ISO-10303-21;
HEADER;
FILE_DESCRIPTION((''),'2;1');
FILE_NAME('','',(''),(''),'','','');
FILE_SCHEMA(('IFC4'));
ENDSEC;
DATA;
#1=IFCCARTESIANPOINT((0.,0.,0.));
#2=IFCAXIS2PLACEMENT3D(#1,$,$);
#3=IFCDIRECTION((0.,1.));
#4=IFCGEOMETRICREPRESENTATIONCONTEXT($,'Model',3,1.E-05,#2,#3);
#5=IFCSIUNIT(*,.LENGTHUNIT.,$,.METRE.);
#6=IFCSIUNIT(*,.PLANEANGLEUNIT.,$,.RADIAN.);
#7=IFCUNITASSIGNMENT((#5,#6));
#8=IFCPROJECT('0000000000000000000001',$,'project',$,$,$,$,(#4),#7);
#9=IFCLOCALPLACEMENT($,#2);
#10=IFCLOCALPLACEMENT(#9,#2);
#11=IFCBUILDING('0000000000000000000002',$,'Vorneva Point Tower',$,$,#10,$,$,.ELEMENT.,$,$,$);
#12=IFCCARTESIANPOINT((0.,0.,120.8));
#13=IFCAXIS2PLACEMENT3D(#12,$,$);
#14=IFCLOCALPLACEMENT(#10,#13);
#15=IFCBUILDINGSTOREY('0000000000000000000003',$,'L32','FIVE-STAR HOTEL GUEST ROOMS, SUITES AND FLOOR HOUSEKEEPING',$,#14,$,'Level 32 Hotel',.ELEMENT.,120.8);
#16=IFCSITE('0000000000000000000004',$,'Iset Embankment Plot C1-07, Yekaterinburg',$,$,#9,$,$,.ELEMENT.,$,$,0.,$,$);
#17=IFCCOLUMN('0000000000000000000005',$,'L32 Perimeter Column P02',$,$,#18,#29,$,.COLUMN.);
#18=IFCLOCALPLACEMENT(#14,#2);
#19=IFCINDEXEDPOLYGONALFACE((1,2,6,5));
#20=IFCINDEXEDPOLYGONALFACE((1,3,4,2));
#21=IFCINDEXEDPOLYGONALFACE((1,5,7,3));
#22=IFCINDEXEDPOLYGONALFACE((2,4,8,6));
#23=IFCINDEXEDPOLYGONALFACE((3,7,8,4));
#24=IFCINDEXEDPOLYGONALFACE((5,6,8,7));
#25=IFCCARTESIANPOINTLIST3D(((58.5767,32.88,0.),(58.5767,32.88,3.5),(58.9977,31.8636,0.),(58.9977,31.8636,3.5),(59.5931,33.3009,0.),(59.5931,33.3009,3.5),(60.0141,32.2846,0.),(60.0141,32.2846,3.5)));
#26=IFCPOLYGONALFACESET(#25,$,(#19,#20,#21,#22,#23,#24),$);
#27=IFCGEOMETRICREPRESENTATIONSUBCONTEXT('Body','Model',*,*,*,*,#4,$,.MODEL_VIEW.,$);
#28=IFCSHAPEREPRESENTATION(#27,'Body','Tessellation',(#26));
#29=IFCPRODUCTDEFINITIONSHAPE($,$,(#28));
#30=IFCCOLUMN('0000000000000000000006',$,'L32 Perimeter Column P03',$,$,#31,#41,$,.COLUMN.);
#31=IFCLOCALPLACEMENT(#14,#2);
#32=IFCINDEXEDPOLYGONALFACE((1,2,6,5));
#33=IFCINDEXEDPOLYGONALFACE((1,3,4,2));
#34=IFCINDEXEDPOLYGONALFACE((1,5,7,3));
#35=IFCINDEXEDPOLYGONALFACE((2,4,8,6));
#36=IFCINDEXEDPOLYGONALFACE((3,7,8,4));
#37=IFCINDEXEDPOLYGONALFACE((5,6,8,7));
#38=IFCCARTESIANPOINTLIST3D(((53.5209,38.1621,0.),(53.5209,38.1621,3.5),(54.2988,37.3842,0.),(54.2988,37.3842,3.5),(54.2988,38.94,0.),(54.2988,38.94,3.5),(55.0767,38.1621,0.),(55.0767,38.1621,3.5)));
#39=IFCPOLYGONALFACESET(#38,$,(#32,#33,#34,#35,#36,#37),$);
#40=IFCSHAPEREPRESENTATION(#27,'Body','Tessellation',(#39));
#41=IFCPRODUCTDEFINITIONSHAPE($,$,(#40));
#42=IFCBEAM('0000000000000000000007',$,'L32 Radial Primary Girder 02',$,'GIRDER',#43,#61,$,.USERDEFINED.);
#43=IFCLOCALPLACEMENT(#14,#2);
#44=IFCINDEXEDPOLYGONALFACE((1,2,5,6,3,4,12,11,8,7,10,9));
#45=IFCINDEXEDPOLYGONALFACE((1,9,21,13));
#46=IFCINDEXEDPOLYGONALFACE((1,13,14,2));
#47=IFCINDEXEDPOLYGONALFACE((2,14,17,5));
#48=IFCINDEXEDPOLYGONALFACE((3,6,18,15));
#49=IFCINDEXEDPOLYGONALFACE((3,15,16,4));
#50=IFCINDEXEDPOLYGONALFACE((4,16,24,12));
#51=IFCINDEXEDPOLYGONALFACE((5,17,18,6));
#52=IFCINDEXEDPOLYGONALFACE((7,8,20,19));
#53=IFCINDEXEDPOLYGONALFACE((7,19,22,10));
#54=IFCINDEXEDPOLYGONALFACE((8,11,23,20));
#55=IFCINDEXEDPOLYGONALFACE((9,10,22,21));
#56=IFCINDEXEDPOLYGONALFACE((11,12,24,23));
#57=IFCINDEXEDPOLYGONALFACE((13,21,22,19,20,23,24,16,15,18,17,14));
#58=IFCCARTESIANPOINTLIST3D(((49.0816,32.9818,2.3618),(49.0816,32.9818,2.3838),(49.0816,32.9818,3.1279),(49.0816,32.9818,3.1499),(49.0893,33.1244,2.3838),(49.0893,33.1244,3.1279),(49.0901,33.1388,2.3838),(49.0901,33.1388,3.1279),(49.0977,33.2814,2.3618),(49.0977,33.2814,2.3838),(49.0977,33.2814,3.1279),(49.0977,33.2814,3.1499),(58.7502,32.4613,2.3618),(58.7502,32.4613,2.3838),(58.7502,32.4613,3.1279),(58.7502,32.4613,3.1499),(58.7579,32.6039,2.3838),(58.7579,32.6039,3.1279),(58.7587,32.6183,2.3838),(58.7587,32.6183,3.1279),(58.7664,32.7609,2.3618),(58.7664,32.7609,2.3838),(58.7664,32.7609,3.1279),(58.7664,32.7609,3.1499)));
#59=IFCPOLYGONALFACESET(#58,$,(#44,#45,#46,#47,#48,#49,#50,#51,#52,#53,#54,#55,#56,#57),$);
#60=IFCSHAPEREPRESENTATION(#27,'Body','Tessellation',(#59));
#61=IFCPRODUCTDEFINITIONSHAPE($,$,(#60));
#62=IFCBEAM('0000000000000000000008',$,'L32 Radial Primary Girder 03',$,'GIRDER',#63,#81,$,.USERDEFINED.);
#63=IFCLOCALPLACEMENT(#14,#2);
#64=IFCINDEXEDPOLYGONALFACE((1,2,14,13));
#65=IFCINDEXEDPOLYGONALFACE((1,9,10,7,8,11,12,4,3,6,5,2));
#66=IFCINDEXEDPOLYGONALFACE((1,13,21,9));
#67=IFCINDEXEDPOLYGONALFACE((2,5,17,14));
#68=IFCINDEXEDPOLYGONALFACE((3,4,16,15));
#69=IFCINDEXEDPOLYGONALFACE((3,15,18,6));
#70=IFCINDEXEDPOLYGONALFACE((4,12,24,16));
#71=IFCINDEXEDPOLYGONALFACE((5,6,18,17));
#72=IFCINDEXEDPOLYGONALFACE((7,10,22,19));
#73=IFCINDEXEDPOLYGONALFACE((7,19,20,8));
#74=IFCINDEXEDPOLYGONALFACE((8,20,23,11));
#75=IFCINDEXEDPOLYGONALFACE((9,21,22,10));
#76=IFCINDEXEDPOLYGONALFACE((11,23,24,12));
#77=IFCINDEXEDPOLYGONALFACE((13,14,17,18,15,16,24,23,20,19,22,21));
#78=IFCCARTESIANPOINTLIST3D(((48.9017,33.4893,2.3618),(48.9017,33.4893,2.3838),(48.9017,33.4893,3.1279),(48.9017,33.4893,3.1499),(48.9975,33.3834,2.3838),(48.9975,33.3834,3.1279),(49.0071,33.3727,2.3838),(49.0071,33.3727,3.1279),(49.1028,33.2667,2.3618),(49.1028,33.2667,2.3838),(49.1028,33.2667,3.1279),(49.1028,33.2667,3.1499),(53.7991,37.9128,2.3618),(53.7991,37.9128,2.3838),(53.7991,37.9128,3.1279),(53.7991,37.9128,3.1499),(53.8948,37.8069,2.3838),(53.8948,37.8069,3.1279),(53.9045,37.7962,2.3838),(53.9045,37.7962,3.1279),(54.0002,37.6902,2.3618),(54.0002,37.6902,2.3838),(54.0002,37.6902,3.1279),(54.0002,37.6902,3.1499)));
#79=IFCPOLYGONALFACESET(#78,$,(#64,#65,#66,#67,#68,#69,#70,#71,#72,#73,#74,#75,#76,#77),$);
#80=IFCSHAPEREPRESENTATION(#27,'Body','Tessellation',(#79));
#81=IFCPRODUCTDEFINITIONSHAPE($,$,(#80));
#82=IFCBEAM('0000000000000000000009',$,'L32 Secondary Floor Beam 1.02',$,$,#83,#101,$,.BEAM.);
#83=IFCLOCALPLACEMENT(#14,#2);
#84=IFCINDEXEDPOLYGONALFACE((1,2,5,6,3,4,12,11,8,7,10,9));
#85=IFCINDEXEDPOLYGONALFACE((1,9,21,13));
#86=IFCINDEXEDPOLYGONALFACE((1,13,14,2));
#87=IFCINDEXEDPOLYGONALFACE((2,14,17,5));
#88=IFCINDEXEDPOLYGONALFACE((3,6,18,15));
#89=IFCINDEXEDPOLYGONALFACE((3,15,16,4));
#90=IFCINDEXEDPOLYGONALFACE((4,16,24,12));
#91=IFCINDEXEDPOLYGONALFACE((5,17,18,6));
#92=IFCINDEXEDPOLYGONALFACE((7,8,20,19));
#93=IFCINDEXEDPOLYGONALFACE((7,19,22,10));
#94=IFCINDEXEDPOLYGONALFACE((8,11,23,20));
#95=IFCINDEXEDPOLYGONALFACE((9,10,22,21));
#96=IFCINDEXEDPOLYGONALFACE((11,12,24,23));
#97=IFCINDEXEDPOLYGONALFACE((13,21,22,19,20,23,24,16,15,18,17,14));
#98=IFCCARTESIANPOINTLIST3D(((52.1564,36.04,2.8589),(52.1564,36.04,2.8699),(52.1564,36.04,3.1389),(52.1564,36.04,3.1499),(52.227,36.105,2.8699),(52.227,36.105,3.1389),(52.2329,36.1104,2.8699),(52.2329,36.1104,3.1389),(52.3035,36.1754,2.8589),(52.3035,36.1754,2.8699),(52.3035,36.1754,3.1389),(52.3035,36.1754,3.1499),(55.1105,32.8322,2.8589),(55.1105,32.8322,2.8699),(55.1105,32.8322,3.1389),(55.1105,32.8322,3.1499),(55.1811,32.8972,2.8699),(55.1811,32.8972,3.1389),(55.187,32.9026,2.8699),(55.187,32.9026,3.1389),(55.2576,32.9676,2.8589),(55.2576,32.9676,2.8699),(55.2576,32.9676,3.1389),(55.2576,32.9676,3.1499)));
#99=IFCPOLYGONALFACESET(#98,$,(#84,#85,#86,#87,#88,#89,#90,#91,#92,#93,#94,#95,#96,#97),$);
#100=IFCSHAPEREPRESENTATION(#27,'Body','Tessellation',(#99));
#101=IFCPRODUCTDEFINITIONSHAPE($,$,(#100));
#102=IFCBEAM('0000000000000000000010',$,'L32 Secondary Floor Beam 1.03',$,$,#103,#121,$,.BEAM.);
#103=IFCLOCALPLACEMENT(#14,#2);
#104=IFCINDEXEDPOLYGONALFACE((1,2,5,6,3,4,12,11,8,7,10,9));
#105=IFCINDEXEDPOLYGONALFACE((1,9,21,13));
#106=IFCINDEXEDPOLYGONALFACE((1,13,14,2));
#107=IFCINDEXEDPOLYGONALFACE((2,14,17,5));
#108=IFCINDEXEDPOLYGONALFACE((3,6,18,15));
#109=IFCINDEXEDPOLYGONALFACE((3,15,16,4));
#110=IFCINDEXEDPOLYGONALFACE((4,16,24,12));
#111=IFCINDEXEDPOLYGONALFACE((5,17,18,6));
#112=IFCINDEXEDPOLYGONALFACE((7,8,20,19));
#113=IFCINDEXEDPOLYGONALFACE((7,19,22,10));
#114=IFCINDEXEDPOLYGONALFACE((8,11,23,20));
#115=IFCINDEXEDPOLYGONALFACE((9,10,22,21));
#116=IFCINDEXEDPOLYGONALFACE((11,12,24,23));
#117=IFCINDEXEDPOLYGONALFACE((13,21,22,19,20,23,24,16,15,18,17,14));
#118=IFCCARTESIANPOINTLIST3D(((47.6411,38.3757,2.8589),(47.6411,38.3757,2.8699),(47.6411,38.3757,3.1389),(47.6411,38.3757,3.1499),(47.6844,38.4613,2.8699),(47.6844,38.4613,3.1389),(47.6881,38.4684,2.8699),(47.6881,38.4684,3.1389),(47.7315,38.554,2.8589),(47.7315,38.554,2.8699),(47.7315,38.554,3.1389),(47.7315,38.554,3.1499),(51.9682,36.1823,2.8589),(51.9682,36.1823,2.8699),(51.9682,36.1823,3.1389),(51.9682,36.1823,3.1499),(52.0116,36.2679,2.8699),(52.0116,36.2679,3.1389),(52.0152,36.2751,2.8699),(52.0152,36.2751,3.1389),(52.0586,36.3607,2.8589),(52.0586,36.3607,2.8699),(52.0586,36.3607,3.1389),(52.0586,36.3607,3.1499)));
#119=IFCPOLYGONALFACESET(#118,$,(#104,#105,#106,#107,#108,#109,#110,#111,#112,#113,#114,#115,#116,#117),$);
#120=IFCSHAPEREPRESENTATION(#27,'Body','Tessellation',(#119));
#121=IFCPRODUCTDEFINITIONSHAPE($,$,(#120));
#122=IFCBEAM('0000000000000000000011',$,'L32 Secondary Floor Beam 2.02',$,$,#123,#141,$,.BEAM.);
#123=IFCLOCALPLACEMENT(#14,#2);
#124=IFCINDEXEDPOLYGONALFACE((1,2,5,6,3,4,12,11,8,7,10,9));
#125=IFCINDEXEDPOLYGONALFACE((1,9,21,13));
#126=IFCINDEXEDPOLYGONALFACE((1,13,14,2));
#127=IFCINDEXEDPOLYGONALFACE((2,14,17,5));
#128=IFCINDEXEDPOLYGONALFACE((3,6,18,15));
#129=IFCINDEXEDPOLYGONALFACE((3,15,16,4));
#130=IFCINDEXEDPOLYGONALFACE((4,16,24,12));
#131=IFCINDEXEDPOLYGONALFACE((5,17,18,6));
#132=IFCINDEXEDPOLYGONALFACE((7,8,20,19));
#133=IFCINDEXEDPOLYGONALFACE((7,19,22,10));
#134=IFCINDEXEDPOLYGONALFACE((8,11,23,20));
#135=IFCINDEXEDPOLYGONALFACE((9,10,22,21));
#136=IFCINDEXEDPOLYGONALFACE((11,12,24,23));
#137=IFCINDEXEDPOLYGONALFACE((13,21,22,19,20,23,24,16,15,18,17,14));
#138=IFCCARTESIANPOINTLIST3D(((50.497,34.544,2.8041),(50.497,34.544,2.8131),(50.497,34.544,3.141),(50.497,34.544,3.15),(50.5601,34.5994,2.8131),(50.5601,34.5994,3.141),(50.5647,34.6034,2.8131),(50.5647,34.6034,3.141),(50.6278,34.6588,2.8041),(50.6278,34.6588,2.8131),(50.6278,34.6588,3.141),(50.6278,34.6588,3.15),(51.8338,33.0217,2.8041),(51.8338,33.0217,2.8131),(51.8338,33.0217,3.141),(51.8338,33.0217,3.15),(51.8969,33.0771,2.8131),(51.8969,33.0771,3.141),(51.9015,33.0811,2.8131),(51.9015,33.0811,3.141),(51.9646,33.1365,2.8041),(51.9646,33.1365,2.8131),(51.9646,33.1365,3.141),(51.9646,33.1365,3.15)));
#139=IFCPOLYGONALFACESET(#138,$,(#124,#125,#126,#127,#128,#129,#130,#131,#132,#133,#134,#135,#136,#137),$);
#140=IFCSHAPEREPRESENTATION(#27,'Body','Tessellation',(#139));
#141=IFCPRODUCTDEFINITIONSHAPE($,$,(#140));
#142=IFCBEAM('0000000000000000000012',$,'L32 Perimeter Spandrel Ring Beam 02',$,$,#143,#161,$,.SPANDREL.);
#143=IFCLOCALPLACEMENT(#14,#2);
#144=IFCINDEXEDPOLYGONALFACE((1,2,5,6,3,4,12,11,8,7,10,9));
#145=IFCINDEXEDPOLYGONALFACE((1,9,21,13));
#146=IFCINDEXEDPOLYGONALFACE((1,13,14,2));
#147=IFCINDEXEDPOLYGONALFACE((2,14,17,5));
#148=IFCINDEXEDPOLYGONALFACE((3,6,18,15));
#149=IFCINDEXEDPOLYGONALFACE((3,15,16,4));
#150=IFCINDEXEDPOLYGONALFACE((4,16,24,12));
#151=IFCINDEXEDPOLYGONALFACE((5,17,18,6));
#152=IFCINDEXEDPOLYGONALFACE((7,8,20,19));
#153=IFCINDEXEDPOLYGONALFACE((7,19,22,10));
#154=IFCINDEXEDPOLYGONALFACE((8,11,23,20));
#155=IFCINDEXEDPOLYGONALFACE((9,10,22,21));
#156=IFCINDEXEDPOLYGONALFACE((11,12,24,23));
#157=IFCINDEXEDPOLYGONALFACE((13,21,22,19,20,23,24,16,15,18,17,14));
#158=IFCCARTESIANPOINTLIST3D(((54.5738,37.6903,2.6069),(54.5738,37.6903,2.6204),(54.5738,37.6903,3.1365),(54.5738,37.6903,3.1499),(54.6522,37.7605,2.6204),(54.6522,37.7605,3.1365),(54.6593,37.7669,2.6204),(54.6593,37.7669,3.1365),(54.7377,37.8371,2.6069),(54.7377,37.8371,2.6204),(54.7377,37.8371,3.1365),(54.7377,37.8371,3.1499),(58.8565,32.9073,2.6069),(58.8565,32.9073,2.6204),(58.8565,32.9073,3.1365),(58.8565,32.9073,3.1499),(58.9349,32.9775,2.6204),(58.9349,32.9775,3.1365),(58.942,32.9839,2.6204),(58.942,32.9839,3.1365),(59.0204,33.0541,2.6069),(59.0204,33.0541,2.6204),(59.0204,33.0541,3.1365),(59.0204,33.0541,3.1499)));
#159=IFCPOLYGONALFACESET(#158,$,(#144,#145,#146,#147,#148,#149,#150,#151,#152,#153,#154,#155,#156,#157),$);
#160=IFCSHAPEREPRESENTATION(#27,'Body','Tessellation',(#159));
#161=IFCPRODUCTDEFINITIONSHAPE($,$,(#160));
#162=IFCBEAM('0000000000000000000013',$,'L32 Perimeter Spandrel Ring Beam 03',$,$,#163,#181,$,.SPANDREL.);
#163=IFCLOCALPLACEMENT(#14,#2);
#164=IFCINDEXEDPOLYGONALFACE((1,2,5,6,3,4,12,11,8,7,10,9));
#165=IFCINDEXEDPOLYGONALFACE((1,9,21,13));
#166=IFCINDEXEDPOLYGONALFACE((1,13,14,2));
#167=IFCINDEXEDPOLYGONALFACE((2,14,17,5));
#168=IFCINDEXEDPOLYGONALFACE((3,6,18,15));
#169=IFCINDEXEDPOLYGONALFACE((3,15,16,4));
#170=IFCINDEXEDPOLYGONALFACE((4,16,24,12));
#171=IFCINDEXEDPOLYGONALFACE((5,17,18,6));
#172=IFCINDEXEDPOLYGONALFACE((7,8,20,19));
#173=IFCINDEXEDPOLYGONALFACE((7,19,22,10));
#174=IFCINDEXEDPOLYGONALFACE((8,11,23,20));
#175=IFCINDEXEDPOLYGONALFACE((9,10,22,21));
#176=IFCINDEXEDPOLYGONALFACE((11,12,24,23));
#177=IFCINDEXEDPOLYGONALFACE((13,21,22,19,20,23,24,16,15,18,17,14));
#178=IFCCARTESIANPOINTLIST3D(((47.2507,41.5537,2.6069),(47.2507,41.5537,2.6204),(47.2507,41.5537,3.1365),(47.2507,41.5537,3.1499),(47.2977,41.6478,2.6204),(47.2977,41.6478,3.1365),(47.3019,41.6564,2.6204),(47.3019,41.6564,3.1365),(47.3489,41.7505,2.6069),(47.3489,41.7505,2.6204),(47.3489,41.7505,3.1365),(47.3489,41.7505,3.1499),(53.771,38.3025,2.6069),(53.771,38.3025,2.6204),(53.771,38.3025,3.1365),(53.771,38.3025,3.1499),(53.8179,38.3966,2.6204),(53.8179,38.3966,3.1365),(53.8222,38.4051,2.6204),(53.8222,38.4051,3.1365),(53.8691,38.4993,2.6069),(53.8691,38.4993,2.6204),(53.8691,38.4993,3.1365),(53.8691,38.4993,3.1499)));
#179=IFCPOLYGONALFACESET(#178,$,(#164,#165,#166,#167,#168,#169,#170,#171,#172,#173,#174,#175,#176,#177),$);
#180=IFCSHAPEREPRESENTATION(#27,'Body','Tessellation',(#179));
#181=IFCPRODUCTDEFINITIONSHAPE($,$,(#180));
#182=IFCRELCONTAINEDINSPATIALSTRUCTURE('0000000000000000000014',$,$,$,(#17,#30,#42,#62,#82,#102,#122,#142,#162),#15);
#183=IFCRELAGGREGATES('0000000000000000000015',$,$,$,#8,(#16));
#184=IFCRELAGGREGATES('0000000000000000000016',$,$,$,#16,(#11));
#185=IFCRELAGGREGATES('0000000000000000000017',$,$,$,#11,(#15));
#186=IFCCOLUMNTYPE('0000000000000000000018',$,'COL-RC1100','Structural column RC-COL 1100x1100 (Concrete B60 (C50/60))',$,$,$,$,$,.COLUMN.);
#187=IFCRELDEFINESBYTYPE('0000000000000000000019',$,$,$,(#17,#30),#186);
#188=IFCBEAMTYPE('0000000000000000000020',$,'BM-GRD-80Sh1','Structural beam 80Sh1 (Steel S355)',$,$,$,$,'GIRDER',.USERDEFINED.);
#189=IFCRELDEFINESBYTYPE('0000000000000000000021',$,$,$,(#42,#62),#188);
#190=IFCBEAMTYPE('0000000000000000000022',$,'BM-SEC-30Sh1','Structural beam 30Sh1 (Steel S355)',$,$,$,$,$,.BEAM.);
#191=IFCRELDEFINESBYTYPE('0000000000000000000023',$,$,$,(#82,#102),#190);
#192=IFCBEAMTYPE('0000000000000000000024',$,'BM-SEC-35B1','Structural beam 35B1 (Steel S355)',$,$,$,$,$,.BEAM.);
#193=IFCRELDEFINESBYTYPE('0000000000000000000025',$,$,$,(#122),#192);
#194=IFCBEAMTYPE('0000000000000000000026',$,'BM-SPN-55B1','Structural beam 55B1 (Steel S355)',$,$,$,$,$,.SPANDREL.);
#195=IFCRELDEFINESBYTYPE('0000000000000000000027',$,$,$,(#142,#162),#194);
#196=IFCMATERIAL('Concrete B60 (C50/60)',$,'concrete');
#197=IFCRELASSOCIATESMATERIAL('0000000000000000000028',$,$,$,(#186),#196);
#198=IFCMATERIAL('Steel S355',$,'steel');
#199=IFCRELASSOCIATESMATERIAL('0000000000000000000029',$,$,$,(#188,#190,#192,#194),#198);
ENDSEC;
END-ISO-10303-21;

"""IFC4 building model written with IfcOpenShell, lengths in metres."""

from ifc_helpers import new_model, si_unit, direction, frame, origin, origin_2d, place, context, subcontext, project, spatial, rectangle, i_section, extrude, material, material_profile, profile_set, type_object, element, save


model = new_model("IFC4")

# Units and contexts
model_context = context("Model", 3, precision=1e-05, world=origin(), true_north=direction((0.0, 1.0)))
body_context = subcontext(model_context, "Body", "Model", "MODEL_VIEW")
ifc_project = project(units=[si_unit("LENGTHUNIT", "METRE"), si_unit("PLANEANGLEUNIT", "RADIAN")], contexts=[model_context])

# Site, building, storey
site_placement = place(None, origin())
site = spatial("IfcSite", under=ifc_project, at=site_placement, Name="Iset Embankment Plot C1-07, Yekaterinburg", CompositionType="ELEMENT", RefElevation=0.0)
building_placement = place(site_placement, origin())
building = spatial("IfcBuilding", under=site, at=building_placement, Name="Vorneva Point Tower", CompositionType="ELEMENT")
storey_placement = place(building_placement, frame((0.0, 0.0, 120.8)))
storey = spatial("IfcBuildingStorey", under=building, at=storey_placement, Name="L32", Description="FIVE-STAR HOTEL GUEST ROOMS, SUITES AND FLOOR HOUSEKEEPING", LongName="Level 32 Hotel", CompositionType="ELEMENT", Elevation=120.8)

# Columns
ifc_material_1 = material(Name="Concrete B60 (C50/60)", Category="concrete")
ifc_material_profile_1 = material_profile(ifc_material_1, rectangle(XDim=1.1001, YDim=1.1001, at=origin_2d()), Name="RC-COL 1100x1100")
ifc_profile_set_1 = profile_set([ifc_material_profile_1], Name="Concrete B60 (C50/60)")
column_type = type_object("IfcColumnType", Name="COL-RC1100", Description="Structural column RC-COL 1100x1100 (Concrete B60 (C50/60))", PredefinedType="COLUMN", material=ifc_profile_set_1)
for number, where, z_axis, x_axis, name in (
    (1, (59.2954, 32.5823, 0.0), (0.0, 0.0, 1.0), (0.92388, 0.382683, 0.0), "L32 Perimeter Column P02"),
    (2, (54.2988, 38.1621, 0.0), (0.0, 0.0, 1.0), (0.707107, 0.707107, 0.0), "L32 Perimeter Column P03"),
):
    element("IfcColumn", number, at=place(storey_placement, frame(where, z_axis=z_axis, x_axis=x_axis)), inside=storey, type_object=column_type, Name=name, PredefinedType="COLUMN", context=body_context, shape_type="SweptSolid", body=[
        extrude(rectangle(XDim=1.1001, YDim=1.1001, at=origin_2d()), origin(), (0.0, 0.0, 1.0), 3.5),
    ])

# Beams
ifc_material_2 = material(Name="Steel S355", Category="steel")
ifc_material_profile_2 = material_profile(ifc_material_2, i_section(OverallWidth=0.3, OverallDepth=0.7881, WebThickness=0.0144, FlangeThickness=0.022, at=origin_2d()), Name="80Sh1")
ifc_profile_set_2 = profile_set([ifc_material_profile_2], Name="Steel S355")
beam_type_1 = type_object("IfcBeamType", Name="BM-GRD-80Sh1", Description="Structural beam 80Sh1 (Steel S355)", ElementType="GIRDER", PredefinedType="USERDEFINED", material=ifc_profile_set_2)
beam_1_placement = place(storey_placement, frame((58.7583, 32.6111, 2.7559), z_axis=(-0.998554, 0.053756, 0.0), x_axis=(-0.053756, -0.998554, 0.0)))
element("IfcBeam", 3, at=beam_1_placement, inside=storey, type_object=beam_type_1, Name="L32 Radial Primary Girder 02", ObjectType="GIRDER", PredefinedType="USERDEFINED", context=body_context, shape_type="SweptSolid", body=[
    extrude(i_section(OverallWidth=0.3, OverallDepth=0.7881, WebThickness=0.0144, FlangeThickness=0.022, at=origin_2d()), origin(), (0.0, 0.0, 1.0), 9.6826),
])
beam_2_placement = place(storey_placement, frame((53.8997, 37.8015, 2.7559), z_axis=(-0.742097, -0.670292, 0.0), x_axis=(0.670292, -0.742097, 0.0)))
element("IfcBeam", 4, at=beam_2_placement, inside=storey, type_object=beam_type_1, Name="L32 Radial Primary Girder 03", ObjectType="GIRDER", PredefinedType="USERDEFINED", context=body_context, shape_type="SweptSolid", body=[
    extrude(i_section(OverallWidth=0.3, OverallDepth=0.7881, WebThickness=0.0144, FlangeThickness=0.022, at=origin_2d()), origin(), (0.0, 0.0, 1.0), 6.5994),
])
ifc_material_profile_3 = material_profile(ifc_material_2, i_section(OverallWidth=0.2, OverallDepth=0.291, WebThickness=0.0081, FlangeThickness=0.011, at=origin_2d()), Name="30Sh1")
ifc_profile_set_3 = profile_set([ifc_material_profile_3], Name="Steel S355")
beam_type_2 = type_object("IfcBeamType", Name="BM-SEC-30Sh1", Description="Structural beam 30Sh1 (Steel S355)", PredefinedType="BEAM", material=ifc_profile_set_3)
beam_3_placement = place(storey_placement, frame((55.1841, 32.8999, 3.0044), z_axis=(-0.677424, 0.735593, 0.0), x_axis=(-0.735593, -0.677424, 0.0)))
element("IfcBeam", 5, at=beam_3_placement, inside=storey, type_object=beam_type_2, Name="L32 Secondary Floor Beam 1.02", PredefinedType="BEAM", context=body_context, shape_type="SweptSolid", body=[
    extrude(i_section(OverallWidth=0.2, OverallDepth=0.291, WebThickness=0.0081, FlangeThickness=0.011, at=origin_2d()), origin(), (0.0, 0.0, 1.0), 4.3608),
])
beam_4_placement = place(storey_placement, frame((52.0134, 36.2715, 3.0044), z_axis=(-0.891958, 0.452119, 0.0), x_axis=(-0.452119, -0.891958, 0.0)))
element("IfcBeam", 6, at=beam_4_placement, inside=storey, type_object=beam_type_2, Name="L32 Secondary Floor Beam 1.03", PredefinedType="BEAM", context=body_context, shape_type="SweptSolid", body=[
    extrude(i_section(OverallWidth=0.2, OverallDepth=0.291, WebThickness=0.0081, FlangeThickness=0.011, at=origin_2d()), origin(), (0.0, 0.0, 1.0), 4.8513),
])
ifc_material_profile_4 = material_profile(ifc_material_2, i_section(OverallWidth=0.1741, OverallDepth=0.3459, WebThickness=0.0061, FlangeThickness=0.009, at=origin_2d()), Name="35B1")
ifc_profile_set_4 = profile_set([ifc_material_profile_4], Name="Steel S355")
beam_type_3 = type_object("IfcBeamType", Name="BM-SEC-35B1", Description="Structural beam 35B1 (Steel S355)", PredefinedType="BEAM", material=ifc_profile_set_4)
beam_5_placement = place(storey_placement, frame((51.8992, 33.0791, 2.9771), z_axis=(-0.659826, 0.751418, 0.0), x_axis=(-0.751418, -0.659826, 0.0)))
element("IfcBeam", 7, at=beam_5_placement, inside=storey, type_object=beam_type_3, Name="L32 Secondary Floor Beam 2.02", PredefinedType="BEAM", context=body_context, shape_type="SweptSolid", body=[
    extrude(i_section(OverallWidth=0.1741, OverallDepth=0.3459, WebThickness=0.0061, FlangeThickness=0.009, at=origin_2d()), origin(), (0.0, 0.0, 1.0), 2.0259),
])
ifc_material_profile_5 = material_profile(ifc_material_2, i_section(OverallWidth=0.22, OverallDepth=0.543, WebThickness=0.0095, FlangeThickness=0.0134, at=origin_2d()), Name="55B1")
ifc_profile_set_5 = profile_set([ifc_material_profile_5], Name="Steel S355")
beam_type_4 = type_object("IfcBeamType", Name="BM-SPN-55B1", Description="Structural beam 55B1 (Steel S355)", PredefinedType="SPANDREL", material=ifc_profile_set_5)
beam_6_placement = place(storey_placement, frame((58.9385, 32.9807, 2.8784), z_axis=(-0.667074, 0.744992, 0.0), x_axis=(-0.744992, -0.667074, 0.0)))
element("IfcBeam", 8, at=beam_6_placement, inside=storey, type_object=beam_type_4, Name="L32 Perimeter Spandrel Ring Beam 02", PredefinedType="SPANDREL", context=body_context, shape_type="SweptSolid", body=[
    extrude(i_section(OverallWidth=0.22, OverallDepth=0.543, WebThickness=0.0095, FlangeThickness=0.0134, at=origin_2d()), origin(), (0.0, 0.0, 1.0), 6.4202),
])
beam_7_placement = place(storey_placement, frame((53.8201, 38.4009, 2.8784), z_axis=(-0.894916, 0.446235, 0.0), x_axis=(-0.446235, -0.894916, 0.0)))
element("IfcBeam", 9, at=beam_7_placement, inside=storey, type_object=beam_type_4, Name="L32 Perimeter Spandrel Ring Beam 03", PredefinedType="SPANDREL", context=body_context, shape_type="SweptSolid", body=[
    extrude(i_section(OverallWidth=0.22, OverallDepth=0.543, WebThickness=0.0095, FlangeThickness=0.0134, at=origin_2d()), origin(), (0.0, 0.0, 1.0), 7.2859),
])

save(model, "model.ifc")
